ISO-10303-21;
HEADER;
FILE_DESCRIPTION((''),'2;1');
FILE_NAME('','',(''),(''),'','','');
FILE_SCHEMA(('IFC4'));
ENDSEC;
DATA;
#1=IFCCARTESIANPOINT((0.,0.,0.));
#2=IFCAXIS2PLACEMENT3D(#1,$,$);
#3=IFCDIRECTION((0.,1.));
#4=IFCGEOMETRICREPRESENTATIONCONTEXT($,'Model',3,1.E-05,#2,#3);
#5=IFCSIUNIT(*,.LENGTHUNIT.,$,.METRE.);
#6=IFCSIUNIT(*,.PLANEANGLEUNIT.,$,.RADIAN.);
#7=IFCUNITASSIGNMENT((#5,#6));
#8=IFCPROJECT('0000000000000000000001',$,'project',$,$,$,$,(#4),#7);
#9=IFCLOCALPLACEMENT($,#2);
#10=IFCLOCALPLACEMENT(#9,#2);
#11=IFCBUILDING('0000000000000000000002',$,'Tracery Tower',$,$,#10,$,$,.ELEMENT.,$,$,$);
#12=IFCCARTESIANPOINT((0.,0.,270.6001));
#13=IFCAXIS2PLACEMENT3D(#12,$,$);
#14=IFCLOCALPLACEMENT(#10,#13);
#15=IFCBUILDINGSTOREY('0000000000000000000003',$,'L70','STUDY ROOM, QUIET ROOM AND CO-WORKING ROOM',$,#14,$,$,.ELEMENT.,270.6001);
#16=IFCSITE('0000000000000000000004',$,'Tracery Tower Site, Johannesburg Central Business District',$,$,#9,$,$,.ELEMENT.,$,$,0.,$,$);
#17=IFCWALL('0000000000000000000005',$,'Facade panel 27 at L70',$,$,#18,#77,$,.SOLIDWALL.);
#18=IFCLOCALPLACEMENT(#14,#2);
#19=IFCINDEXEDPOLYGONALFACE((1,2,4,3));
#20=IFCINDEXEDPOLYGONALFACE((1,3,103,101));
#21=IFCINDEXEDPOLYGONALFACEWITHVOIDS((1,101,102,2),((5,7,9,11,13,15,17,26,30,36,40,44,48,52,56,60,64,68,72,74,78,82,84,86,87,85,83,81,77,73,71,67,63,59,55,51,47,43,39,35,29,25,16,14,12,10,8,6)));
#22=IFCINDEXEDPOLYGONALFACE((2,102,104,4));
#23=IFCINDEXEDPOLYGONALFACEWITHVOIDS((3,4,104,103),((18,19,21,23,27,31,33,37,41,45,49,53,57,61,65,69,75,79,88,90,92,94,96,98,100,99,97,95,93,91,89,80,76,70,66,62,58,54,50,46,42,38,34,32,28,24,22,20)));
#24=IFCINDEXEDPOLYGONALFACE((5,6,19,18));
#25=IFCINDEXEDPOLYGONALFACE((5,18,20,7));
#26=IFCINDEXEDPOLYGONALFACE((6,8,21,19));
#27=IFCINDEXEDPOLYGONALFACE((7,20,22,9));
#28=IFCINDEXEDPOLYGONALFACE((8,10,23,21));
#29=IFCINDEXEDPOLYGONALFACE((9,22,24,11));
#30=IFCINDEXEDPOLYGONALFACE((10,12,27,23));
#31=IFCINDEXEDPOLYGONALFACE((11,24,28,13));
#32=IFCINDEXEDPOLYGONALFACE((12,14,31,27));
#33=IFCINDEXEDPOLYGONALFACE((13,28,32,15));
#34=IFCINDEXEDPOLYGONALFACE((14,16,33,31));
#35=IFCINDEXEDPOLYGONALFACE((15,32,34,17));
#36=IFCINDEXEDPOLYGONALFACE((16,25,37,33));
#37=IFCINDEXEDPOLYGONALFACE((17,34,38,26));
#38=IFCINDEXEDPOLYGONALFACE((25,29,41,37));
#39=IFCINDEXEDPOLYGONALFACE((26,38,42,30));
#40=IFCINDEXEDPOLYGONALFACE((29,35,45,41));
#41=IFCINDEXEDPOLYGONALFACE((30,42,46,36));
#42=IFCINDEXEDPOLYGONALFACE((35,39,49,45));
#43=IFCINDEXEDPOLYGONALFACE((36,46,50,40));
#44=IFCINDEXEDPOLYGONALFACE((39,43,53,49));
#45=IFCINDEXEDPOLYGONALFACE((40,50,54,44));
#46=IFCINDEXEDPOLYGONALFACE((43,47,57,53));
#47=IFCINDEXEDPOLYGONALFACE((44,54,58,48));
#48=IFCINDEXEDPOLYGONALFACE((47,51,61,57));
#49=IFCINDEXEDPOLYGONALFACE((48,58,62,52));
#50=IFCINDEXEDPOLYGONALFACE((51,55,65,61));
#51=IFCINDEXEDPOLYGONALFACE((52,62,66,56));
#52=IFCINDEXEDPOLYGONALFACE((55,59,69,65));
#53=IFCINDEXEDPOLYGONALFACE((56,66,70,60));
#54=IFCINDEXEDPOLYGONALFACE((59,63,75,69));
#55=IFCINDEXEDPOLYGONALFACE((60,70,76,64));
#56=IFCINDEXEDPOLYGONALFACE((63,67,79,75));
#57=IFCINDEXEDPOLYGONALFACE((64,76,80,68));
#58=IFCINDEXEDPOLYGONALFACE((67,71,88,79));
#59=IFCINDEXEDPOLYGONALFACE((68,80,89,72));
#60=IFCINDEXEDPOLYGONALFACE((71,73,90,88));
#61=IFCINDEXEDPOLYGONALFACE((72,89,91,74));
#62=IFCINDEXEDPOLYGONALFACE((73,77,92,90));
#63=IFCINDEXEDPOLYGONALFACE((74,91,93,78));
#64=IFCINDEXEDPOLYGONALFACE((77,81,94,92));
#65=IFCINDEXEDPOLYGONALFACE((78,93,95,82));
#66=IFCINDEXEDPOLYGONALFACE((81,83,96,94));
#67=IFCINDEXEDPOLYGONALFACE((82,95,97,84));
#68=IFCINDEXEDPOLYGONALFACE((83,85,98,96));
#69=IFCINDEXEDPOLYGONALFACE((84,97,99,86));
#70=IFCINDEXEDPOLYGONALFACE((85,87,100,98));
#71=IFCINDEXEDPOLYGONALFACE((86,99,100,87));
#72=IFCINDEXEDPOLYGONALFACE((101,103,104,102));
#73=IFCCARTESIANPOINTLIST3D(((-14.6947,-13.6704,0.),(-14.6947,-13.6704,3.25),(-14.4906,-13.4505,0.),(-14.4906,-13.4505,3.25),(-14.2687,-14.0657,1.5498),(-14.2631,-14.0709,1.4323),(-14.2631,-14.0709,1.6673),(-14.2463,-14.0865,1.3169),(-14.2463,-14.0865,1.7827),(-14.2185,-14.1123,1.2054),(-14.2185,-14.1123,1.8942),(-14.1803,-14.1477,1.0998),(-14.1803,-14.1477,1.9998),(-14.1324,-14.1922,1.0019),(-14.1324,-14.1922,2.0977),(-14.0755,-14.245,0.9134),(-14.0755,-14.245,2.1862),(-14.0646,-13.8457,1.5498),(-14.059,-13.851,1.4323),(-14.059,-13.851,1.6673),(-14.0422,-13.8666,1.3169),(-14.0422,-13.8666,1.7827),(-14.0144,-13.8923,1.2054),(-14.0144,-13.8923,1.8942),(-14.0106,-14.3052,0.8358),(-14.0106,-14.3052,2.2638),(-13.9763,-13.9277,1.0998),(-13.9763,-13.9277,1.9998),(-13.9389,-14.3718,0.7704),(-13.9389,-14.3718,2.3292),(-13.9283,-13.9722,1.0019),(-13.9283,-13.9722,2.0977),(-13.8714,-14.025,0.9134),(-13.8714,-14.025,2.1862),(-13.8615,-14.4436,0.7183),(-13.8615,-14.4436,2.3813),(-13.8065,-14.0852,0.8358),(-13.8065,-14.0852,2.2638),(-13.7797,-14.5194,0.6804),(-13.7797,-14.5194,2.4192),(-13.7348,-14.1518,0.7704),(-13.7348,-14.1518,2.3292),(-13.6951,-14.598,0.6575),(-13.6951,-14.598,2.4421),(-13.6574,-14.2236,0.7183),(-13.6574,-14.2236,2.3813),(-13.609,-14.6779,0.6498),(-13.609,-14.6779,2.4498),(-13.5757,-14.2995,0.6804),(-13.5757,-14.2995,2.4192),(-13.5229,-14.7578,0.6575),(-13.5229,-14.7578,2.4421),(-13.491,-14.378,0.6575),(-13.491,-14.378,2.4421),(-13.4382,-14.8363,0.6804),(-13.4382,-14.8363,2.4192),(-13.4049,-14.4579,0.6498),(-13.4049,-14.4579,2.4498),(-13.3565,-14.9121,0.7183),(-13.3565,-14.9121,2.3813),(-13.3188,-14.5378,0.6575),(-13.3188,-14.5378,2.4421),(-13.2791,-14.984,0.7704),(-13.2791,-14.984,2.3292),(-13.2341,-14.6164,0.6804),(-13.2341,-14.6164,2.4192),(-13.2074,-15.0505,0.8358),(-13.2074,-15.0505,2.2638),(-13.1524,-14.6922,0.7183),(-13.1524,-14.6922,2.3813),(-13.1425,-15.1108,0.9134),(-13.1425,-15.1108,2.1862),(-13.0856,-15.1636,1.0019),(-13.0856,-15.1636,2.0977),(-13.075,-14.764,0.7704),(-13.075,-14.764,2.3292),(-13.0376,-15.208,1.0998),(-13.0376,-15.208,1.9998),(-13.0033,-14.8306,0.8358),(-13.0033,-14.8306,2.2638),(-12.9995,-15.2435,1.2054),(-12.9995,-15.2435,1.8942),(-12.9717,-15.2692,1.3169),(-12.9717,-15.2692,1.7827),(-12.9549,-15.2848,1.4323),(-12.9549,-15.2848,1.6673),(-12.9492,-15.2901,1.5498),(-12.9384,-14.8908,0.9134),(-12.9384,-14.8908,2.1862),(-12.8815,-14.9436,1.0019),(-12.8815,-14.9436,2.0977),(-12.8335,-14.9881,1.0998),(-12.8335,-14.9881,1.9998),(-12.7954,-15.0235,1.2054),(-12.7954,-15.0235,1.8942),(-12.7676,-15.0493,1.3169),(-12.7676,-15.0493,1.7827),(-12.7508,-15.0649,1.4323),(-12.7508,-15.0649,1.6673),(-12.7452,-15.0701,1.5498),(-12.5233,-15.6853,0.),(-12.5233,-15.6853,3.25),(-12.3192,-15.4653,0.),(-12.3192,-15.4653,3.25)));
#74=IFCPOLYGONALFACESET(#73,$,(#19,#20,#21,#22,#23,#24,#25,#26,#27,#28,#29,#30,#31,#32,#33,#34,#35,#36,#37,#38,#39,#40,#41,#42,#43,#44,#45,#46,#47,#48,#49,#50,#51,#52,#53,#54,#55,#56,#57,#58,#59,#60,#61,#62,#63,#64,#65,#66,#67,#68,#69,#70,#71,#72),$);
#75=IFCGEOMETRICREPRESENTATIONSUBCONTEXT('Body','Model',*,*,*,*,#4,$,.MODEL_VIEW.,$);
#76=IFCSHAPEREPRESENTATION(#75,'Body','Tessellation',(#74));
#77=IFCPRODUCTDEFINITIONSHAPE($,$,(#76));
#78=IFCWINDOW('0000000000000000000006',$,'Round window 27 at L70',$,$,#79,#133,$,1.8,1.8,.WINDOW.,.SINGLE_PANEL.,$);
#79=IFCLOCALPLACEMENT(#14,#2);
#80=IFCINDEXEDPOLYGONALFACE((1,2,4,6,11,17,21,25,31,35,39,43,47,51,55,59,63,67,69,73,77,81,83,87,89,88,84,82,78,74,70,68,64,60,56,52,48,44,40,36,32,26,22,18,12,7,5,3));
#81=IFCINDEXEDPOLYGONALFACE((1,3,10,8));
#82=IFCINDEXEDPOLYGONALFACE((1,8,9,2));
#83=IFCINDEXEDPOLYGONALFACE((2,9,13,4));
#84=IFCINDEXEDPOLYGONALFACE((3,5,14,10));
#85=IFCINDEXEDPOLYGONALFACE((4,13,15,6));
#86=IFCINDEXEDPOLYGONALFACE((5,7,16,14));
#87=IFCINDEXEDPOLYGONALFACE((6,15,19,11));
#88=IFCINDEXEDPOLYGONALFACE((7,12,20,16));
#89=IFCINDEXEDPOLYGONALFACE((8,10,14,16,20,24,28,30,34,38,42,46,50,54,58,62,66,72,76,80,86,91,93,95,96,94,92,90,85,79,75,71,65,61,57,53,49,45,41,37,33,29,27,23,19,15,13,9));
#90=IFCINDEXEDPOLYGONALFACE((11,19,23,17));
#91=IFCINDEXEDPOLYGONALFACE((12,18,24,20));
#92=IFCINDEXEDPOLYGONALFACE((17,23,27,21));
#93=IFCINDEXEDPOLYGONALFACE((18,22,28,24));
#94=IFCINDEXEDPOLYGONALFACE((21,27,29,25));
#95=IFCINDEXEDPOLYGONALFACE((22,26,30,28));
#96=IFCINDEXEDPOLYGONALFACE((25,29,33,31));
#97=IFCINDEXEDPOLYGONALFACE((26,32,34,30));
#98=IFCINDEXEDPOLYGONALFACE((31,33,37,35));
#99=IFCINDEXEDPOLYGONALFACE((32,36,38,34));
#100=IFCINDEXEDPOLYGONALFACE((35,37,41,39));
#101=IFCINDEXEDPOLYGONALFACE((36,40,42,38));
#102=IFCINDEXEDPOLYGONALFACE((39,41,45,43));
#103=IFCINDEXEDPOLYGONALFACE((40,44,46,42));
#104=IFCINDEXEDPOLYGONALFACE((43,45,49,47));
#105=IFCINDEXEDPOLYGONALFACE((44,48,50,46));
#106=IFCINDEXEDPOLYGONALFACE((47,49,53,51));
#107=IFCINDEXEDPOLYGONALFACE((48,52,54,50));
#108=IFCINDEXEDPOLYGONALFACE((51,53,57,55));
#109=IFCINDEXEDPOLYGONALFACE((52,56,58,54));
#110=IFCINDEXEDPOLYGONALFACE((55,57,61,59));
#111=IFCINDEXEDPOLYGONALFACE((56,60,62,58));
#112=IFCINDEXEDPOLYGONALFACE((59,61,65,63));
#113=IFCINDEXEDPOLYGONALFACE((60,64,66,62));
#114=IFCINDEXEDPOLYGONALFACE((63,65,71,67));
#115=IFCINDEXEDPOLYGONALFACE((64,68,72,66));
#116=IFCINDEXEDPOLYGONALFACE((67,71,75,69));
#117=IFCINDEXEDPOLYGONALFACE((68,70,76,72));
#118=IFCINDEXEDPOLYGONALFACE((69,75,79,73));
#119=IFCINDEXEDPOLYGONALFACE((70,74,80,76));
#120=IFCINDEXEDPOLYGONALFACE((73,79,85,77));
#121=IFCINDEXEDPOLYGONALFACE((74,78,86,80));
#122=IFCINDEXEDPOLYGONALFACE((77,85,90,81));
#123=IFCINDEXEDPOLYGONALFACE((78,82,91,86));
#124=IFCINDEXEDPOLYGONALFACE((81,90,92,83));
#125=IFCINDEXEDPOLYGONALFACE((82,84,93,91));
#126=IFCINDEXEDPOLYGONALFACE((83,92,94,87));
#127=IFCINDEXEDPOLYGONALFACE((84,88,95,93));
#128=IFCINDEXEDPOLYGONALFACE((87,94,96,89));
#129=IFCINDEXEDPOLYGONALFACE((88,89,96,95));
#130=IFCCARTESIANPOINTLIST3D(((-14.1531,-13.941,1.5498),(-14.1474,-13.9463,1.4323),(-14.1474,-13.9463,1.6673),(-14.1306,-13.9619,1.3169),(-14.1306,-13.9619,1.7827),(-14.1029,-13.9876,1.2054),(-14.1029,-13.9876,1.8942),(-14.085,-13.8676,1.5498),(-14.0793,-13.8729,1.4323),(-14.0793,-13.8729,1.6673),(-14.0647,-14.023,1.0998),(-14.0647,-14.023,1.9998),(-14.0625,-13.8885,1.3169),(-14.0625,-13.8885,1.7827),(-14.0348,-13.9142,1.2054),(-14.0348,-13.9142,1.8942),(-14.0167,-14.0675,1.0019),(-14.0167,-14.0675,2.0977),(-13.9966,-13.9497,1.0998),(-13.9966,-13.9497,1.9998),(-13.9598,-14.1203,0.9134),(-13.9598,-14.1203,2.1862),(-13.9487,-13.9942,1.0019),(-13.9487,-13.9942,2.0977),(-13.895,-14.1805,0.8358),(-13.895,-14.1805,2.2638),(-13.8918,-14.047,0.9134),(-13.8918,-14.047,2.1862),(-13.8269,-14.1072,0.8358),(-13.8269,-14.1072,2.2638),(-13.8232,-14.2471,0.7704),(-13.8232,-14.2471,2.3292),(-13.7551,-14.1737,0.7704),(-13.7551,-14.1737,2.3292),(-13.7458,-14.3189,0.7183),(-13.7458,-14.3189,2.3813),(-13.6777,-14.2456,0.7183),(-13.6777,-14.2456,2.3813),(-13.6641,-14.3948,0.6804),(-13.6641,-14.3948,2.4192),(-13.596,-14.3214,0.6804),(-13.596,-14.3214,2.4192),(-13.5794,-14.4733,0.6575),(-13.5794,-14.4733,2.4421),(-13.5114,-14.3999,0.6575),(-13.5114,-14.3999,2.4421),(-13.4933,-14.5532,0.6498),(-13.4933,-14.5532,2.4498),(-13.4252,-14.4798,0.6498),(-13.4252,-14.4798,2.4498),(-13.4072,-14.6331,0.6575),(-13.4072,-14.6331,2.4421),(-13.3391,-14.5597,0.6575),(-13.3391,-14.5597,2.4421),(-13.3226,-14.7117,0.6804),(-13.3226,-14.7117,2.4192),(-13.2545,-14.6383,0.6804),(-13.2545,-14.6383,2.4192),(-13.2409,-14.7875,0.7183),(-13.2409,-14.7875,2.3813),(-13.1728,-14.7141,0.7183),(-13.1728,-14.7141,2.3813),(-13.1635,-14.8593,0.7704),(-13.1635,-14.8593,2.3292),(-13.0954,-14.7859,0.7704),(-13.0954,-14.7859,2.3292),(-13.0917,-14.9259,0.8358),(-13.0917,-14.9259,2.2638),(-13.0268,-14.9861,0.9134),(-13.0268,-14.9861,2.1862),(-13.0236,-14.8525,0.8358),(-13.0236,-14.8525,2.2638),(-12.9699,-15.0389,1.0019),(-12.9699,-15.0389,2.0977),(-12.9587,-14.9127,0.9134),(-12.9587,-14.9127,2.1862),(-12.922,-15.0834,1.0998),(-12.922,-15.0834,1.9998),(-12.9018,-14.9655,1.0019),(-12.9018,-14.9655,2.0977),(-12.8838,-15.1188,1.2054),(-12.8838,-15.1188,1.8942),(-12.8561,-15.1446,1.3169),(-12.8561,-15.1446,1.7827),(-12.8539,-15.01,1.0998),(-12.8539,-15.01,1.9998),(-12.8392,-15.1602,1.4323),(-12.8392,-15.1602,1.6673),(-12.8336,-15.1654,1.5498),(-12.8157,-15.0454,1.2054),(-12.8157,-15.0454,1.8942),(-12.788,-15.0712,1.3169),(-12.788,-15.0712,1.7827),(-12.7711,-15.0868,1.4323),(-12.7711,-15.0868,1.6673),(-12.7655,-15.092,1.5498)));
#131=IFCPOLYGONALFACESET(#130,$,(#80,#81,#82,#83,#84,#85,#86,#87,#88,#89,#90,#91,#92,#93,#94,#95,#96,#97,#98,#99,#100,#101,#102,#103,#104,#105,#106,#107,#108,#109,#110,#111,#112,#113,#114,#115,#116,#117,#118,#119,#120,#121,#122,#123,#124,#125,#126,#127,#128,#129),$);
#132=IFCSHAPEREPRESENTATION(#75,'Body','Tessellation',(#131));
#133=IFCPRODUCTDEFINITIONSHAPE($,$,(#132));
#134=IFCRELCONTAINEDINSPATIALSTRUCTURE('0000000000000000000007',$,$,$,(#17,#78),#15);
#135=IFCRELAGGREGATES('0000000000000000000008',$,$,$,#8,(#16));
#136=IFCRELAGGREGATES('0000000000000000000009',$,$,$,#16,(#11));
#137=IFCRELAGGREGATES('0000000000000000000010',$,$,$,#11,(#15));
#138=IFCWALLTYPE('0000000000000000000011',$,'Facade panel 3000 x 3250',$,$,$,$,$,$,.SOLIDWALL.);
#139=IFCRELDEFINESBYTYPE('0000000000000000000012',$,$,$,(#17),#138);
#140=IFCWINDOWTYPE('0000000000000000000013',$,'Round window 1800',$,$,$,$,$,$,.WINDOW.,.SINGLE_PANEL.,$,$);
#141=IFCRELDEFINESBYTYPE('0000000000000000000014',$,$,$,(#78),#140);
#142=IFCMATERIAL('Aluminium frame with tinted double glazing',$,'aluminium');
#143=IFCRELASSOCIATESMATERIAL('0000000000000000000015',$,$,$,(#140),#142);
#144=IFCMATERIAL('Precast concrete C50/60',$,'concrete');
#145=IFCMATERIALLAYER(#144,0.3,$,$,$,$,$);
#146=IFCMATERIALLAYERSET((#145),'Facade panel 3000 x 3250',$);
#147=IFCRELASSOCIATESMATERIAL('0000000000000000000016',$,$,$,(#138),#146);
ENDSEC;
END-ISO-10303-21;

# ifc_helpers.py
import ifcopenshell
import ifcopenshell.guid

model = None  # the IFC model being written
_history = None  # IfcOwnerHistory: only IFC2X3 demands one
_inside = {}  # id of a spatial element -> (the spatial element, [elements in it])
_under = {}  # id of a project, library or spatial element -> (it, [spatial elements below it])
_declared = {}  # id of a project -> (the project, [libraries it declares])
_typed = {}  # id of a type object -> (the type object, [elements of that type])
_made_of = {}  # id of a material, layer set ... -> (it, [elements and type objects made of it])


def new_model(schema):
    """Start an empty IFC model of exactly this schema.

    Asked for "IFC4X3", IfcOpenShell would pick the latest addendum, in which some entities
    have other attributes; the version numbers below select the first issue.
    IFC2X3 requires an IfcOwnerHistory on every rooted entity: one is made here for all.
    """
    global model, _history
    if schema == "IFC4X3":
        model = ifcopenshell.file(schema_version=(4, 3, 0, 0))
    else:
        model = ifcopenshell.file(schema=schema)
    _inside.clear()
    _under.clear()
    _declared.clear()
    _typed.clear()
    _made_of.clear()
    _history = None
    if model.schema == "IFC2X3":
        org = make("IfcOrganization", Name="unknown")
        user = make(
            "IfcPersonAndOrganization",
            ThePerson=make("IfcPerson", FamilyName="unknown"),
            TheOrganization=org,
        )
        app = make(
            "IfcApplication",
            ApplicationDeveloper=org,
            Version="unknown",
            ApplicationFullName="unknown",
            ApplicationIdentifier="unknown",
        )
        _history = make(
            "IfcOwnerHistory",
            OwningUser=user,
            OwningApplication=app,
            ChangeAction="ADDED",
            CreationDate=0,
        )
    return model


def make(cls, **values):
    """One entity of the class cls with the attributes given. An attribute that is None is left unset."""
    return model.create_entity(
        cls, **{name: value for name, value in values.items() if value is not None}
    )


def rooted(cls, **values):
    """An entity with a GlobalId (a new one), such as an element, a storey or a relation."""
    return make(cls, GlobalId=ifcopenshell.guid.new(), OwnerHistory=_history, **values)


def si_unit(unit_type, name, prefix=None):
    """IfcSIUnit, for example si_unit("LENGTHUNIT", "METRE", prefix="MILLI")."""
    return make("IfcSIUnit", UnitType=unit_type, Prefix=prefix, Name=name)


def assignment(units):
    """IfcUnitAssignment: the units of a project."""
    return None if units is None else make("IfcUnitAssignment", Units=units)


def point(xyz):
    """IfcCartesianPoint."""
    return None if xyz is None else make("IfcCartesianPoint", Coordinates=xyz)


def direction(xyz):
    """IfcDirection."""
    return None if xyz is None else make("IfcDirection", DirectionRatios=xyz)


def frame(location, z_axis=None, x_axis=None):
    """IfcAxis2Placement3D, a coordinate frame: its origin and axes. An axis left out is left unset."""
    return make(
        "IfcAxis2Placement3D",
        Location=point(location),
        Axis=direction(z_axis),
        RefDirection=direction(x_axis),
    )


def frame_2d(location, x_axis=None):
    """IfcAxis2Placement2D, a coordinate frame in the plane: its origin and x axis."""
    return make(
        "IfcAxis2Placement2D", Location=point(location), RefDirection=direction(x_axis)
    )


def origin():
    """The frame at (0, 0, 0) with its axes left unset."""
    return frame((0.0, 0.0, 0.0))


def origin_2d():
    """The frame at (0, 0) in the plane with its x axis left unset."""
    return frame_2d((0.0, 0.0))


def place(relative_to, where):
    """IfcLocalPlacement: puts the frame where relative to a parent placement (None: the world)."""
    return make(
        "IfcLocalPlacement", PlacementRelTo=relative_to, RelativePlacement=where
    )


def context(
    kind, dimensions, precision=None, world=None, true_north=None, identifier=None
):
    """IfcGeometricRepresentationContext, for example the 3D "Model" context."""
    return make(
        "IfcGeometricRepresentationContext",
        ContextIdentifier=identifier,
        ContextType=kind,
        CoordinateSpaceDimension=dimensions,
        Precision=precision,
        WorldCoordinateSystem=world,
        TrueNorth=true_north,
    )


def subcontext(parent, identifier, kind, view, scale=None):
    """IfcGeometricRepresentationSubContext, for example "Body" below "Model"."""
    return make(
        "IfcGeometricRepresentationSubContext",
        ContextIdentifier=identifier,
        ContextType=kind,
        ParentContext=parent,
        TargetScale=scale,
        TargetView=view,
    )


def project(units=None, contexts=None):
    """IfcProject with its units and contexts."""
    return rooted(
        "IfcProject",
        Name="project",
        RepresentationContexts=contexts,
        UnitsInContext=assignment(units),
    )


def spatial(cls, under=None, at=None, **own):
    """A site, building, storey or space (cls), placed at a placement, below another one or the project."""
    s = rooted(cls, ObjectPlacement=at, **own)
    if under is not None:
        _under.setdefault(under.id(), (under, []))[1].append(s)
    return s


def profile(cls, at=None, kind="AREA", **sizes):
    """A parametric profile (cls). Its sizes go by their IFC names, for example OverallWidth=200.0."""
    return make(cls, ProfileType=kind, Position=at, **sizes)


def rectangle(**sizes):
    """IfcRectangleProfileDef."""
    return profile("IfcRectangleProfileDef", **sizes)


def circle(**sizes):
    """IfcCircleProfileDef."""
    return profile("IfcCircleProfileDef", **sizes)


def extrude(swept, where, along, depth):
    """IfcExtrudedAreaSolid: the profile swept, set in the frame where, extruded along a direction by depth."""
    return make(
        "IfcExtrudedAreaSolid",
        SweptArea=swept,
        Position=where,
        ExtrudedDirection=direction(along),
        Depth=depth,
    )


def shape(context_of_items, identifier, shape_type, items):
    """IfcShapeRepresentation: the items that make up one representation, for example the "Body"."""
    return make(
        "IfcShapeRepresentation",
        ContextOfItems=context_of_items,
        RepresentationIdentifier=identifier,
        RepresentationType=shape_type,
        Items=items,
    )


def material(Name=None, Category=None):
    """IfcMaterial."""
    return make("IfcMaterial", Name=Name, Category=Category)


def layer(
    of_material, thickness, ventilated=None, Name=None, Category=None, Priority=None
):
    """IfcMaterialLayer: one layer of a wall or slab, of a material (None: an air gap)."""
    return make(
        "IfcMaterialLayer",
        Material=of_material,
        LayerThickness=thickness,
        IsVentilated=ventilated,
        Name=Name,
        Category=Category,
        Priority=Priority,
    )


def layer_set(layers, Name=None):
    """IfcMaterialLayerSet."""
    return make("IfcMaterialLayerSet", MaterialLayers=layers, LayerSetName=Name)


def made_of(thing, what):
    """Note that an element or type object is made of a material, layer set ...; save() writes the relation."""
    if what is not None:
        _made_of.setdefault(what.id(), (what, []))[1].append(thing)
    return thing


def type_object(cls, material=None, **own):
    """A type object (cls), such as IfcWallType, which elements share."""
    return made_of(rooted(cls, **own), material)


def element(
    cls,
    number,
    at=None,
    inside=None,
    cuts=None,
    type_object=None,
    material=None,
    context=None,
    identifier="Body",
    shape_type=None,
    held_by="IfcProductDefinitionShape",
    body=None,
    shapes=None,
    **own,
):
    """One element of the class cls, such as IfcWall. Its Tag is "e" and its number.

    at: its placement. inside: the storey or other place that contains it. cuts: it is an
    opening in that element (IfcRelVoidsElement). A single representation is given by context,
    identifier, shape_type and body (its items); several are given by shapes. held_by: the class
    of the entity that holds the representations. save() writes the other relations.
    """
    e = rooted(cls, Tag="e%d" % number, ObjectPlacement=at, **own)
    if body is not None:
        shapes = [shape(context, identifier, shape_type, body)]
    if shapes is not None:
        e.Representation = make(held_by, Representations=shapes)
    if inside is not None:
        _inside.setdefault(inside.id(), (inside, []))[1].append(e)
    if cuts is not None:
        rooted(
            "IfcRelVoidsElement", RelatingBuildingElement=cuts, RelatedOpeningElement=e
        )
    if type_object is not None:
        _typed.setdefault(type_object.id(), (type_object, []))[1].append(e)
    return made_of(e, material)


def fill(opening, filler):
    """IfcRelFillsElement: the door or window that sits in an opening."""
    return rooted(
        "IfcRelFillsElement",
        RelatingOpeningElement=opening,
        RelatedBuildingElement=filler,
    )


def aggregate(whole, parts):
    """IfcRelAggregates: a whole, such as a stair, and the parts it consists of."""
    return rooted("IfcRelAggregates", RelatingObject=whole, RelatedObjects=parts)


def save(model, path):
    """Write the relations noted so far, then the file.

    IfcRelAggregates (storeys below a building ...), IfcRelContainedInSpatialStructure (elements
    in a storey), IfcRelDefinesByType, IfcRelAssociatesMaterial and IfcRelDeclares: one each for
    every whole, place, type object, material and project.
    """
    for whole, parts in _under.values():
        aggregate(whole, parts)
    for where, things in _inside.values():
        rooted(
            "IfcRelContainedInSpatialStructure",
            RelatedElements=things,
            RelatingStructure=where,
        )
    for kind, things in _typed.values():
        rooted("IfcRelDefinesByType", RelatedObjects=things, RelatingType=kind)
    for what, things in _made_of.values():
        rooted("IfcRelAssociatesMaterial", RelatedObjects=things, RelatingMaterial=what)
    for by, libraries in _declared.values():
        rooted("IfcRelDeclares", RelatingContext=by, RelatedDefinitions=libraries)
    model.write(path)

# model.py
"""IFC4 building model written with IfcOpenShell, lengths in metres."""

from ifc_helpers import new_model, si_unit, direction, frame, frame_2d, origin, origin_2d, place, context, subcontext, project, spatial, rectangle, circle, extrude, material, layer, layer_set, type_object, element, fill, save


model = new_model("IFC4")

# Units and contexts
model_context = context("Model", 3, precision=1e-05, world=origin(), true_north=direction((0.0, 1.0)))
body_context = subcontext(model_context, "Body", "Model", "MODEL_VIEW")
ifc_project = project(units=[si_unit("LENGTHUNIT", "METRE"), si_unit("PLANEANGLEUNIT", "RADIAN")], contexts=[model_context])

# Site, building, storey
site_placement = place(None, origin())
site = spatial("IfcSite", under=ifc_project, at=site_placement, Name="Tracery Tower Site, Johannesburg Central Business District", CompositionType="ELEMENT", RefElevation=0.0)
building_placement = place(site_placement, origin())
building = spatial("IfcBuilding", under=site, at=building_placement, Name="Tracery Tower", CompositionType="ELEMENT")
storey_placement = place(building_placement, frame((0.0, 0.0, 270.6001)))
storey = spatial("IfcBuildingStorey", under=building, at=storey_placement, Name="L70", Description="STUDY ROOM, QUIET ROOM AND CO-WORKING ROOM", CompositionType="ELEMENT", Elevation=270.6001)

# Wall, opening, window
ifc_material_1 = material(Name="Aluminium frame with tinted double glazing", Category="aluminium")
window_type = type_object("IfcWindowType", Name="Round window 1800", PartitioningType="SINGLE_PANEL", PredefinedType="WINDOW", material=ifc_material_1)
ifc_material_2 = material(Name="Precast concrete C50/60", Category="concrete")
ifc_layer_1 = layer(ifc_material_2, 0.3)
ifc_layer_set_1 = layer_set([ifc_layer_1], Name="Facade panel 3000 x 3250")
wall_type_1 = type_object("IfcWallType", Name="Facade panel 3000 x 3250", PredefinedType="SOLIDWALL", material=ifc_layer_set_1)
wall_1_placement = place(storey_placement, frame((-14.5925, -13.5605, 0.0), z_axis=(0.0, 0.0, 1.0), x_axis=(0.733028, -0.680198, 0.0)))
wall_1 = element("IfcWall", 1, at=wall_1_placement, inside=storey, type_object=wall_type_1, Name="Facade panel 27 at L70", PredefinedType="SOLIDWALL", context=body_context, shape_type="SweptSolid", body=[
    extrude(rectangle(XDim=2.9622, YDim=0.3, at=frame_2d((1.481, 0.0))), origin(), (0.0, 0.0, 1.0), 3.25),
])
opening_1_placement = place(wall_1_placement, frame((1.481, 0.0, 1.5498)))
opening_1 = element("IfcOpeningElement", 2, at=opening_1_placement, cuts=wall_1, PredefinedType="OPENING", context=body_context, shape_type="SweptSolid", body=[
    extrude(circle(Radius=0.9, at=origin_2d()), frame((0.0, 0.1599, 0.0), z_axis=(0.0, -1.0, 0.0), x_axis=(1.0, 0.0, 0.0)), (0.0, 0.0, 1.0), 0.3201),
])
window_1_placement = place(opening_1_placement, origin())
window_1 = element("IfcWindow", 3, at=window_1_placement, inside=storey, type_object=window_type, Name="Round window 27 at L70", OverallHeight=1.8, OverallWidth=1.8, PartitioningType="SINGLE_PANEL", PredefinedType="WINDOW", context=body_context, shape_type="SweptSolid", body=[
    extrude(circle(Radius=0.9, at=origin_2d()), frame((0.0, 0.1201, 0.0), z_axis=(0.0, -1.0, 0.0), x_axis=(1.0, 0.0, 0.0)), (0.0, 0.0, 1.0), 0.1001),
])
fill(opening_1, window_1)

save(model, "model.ifc")
